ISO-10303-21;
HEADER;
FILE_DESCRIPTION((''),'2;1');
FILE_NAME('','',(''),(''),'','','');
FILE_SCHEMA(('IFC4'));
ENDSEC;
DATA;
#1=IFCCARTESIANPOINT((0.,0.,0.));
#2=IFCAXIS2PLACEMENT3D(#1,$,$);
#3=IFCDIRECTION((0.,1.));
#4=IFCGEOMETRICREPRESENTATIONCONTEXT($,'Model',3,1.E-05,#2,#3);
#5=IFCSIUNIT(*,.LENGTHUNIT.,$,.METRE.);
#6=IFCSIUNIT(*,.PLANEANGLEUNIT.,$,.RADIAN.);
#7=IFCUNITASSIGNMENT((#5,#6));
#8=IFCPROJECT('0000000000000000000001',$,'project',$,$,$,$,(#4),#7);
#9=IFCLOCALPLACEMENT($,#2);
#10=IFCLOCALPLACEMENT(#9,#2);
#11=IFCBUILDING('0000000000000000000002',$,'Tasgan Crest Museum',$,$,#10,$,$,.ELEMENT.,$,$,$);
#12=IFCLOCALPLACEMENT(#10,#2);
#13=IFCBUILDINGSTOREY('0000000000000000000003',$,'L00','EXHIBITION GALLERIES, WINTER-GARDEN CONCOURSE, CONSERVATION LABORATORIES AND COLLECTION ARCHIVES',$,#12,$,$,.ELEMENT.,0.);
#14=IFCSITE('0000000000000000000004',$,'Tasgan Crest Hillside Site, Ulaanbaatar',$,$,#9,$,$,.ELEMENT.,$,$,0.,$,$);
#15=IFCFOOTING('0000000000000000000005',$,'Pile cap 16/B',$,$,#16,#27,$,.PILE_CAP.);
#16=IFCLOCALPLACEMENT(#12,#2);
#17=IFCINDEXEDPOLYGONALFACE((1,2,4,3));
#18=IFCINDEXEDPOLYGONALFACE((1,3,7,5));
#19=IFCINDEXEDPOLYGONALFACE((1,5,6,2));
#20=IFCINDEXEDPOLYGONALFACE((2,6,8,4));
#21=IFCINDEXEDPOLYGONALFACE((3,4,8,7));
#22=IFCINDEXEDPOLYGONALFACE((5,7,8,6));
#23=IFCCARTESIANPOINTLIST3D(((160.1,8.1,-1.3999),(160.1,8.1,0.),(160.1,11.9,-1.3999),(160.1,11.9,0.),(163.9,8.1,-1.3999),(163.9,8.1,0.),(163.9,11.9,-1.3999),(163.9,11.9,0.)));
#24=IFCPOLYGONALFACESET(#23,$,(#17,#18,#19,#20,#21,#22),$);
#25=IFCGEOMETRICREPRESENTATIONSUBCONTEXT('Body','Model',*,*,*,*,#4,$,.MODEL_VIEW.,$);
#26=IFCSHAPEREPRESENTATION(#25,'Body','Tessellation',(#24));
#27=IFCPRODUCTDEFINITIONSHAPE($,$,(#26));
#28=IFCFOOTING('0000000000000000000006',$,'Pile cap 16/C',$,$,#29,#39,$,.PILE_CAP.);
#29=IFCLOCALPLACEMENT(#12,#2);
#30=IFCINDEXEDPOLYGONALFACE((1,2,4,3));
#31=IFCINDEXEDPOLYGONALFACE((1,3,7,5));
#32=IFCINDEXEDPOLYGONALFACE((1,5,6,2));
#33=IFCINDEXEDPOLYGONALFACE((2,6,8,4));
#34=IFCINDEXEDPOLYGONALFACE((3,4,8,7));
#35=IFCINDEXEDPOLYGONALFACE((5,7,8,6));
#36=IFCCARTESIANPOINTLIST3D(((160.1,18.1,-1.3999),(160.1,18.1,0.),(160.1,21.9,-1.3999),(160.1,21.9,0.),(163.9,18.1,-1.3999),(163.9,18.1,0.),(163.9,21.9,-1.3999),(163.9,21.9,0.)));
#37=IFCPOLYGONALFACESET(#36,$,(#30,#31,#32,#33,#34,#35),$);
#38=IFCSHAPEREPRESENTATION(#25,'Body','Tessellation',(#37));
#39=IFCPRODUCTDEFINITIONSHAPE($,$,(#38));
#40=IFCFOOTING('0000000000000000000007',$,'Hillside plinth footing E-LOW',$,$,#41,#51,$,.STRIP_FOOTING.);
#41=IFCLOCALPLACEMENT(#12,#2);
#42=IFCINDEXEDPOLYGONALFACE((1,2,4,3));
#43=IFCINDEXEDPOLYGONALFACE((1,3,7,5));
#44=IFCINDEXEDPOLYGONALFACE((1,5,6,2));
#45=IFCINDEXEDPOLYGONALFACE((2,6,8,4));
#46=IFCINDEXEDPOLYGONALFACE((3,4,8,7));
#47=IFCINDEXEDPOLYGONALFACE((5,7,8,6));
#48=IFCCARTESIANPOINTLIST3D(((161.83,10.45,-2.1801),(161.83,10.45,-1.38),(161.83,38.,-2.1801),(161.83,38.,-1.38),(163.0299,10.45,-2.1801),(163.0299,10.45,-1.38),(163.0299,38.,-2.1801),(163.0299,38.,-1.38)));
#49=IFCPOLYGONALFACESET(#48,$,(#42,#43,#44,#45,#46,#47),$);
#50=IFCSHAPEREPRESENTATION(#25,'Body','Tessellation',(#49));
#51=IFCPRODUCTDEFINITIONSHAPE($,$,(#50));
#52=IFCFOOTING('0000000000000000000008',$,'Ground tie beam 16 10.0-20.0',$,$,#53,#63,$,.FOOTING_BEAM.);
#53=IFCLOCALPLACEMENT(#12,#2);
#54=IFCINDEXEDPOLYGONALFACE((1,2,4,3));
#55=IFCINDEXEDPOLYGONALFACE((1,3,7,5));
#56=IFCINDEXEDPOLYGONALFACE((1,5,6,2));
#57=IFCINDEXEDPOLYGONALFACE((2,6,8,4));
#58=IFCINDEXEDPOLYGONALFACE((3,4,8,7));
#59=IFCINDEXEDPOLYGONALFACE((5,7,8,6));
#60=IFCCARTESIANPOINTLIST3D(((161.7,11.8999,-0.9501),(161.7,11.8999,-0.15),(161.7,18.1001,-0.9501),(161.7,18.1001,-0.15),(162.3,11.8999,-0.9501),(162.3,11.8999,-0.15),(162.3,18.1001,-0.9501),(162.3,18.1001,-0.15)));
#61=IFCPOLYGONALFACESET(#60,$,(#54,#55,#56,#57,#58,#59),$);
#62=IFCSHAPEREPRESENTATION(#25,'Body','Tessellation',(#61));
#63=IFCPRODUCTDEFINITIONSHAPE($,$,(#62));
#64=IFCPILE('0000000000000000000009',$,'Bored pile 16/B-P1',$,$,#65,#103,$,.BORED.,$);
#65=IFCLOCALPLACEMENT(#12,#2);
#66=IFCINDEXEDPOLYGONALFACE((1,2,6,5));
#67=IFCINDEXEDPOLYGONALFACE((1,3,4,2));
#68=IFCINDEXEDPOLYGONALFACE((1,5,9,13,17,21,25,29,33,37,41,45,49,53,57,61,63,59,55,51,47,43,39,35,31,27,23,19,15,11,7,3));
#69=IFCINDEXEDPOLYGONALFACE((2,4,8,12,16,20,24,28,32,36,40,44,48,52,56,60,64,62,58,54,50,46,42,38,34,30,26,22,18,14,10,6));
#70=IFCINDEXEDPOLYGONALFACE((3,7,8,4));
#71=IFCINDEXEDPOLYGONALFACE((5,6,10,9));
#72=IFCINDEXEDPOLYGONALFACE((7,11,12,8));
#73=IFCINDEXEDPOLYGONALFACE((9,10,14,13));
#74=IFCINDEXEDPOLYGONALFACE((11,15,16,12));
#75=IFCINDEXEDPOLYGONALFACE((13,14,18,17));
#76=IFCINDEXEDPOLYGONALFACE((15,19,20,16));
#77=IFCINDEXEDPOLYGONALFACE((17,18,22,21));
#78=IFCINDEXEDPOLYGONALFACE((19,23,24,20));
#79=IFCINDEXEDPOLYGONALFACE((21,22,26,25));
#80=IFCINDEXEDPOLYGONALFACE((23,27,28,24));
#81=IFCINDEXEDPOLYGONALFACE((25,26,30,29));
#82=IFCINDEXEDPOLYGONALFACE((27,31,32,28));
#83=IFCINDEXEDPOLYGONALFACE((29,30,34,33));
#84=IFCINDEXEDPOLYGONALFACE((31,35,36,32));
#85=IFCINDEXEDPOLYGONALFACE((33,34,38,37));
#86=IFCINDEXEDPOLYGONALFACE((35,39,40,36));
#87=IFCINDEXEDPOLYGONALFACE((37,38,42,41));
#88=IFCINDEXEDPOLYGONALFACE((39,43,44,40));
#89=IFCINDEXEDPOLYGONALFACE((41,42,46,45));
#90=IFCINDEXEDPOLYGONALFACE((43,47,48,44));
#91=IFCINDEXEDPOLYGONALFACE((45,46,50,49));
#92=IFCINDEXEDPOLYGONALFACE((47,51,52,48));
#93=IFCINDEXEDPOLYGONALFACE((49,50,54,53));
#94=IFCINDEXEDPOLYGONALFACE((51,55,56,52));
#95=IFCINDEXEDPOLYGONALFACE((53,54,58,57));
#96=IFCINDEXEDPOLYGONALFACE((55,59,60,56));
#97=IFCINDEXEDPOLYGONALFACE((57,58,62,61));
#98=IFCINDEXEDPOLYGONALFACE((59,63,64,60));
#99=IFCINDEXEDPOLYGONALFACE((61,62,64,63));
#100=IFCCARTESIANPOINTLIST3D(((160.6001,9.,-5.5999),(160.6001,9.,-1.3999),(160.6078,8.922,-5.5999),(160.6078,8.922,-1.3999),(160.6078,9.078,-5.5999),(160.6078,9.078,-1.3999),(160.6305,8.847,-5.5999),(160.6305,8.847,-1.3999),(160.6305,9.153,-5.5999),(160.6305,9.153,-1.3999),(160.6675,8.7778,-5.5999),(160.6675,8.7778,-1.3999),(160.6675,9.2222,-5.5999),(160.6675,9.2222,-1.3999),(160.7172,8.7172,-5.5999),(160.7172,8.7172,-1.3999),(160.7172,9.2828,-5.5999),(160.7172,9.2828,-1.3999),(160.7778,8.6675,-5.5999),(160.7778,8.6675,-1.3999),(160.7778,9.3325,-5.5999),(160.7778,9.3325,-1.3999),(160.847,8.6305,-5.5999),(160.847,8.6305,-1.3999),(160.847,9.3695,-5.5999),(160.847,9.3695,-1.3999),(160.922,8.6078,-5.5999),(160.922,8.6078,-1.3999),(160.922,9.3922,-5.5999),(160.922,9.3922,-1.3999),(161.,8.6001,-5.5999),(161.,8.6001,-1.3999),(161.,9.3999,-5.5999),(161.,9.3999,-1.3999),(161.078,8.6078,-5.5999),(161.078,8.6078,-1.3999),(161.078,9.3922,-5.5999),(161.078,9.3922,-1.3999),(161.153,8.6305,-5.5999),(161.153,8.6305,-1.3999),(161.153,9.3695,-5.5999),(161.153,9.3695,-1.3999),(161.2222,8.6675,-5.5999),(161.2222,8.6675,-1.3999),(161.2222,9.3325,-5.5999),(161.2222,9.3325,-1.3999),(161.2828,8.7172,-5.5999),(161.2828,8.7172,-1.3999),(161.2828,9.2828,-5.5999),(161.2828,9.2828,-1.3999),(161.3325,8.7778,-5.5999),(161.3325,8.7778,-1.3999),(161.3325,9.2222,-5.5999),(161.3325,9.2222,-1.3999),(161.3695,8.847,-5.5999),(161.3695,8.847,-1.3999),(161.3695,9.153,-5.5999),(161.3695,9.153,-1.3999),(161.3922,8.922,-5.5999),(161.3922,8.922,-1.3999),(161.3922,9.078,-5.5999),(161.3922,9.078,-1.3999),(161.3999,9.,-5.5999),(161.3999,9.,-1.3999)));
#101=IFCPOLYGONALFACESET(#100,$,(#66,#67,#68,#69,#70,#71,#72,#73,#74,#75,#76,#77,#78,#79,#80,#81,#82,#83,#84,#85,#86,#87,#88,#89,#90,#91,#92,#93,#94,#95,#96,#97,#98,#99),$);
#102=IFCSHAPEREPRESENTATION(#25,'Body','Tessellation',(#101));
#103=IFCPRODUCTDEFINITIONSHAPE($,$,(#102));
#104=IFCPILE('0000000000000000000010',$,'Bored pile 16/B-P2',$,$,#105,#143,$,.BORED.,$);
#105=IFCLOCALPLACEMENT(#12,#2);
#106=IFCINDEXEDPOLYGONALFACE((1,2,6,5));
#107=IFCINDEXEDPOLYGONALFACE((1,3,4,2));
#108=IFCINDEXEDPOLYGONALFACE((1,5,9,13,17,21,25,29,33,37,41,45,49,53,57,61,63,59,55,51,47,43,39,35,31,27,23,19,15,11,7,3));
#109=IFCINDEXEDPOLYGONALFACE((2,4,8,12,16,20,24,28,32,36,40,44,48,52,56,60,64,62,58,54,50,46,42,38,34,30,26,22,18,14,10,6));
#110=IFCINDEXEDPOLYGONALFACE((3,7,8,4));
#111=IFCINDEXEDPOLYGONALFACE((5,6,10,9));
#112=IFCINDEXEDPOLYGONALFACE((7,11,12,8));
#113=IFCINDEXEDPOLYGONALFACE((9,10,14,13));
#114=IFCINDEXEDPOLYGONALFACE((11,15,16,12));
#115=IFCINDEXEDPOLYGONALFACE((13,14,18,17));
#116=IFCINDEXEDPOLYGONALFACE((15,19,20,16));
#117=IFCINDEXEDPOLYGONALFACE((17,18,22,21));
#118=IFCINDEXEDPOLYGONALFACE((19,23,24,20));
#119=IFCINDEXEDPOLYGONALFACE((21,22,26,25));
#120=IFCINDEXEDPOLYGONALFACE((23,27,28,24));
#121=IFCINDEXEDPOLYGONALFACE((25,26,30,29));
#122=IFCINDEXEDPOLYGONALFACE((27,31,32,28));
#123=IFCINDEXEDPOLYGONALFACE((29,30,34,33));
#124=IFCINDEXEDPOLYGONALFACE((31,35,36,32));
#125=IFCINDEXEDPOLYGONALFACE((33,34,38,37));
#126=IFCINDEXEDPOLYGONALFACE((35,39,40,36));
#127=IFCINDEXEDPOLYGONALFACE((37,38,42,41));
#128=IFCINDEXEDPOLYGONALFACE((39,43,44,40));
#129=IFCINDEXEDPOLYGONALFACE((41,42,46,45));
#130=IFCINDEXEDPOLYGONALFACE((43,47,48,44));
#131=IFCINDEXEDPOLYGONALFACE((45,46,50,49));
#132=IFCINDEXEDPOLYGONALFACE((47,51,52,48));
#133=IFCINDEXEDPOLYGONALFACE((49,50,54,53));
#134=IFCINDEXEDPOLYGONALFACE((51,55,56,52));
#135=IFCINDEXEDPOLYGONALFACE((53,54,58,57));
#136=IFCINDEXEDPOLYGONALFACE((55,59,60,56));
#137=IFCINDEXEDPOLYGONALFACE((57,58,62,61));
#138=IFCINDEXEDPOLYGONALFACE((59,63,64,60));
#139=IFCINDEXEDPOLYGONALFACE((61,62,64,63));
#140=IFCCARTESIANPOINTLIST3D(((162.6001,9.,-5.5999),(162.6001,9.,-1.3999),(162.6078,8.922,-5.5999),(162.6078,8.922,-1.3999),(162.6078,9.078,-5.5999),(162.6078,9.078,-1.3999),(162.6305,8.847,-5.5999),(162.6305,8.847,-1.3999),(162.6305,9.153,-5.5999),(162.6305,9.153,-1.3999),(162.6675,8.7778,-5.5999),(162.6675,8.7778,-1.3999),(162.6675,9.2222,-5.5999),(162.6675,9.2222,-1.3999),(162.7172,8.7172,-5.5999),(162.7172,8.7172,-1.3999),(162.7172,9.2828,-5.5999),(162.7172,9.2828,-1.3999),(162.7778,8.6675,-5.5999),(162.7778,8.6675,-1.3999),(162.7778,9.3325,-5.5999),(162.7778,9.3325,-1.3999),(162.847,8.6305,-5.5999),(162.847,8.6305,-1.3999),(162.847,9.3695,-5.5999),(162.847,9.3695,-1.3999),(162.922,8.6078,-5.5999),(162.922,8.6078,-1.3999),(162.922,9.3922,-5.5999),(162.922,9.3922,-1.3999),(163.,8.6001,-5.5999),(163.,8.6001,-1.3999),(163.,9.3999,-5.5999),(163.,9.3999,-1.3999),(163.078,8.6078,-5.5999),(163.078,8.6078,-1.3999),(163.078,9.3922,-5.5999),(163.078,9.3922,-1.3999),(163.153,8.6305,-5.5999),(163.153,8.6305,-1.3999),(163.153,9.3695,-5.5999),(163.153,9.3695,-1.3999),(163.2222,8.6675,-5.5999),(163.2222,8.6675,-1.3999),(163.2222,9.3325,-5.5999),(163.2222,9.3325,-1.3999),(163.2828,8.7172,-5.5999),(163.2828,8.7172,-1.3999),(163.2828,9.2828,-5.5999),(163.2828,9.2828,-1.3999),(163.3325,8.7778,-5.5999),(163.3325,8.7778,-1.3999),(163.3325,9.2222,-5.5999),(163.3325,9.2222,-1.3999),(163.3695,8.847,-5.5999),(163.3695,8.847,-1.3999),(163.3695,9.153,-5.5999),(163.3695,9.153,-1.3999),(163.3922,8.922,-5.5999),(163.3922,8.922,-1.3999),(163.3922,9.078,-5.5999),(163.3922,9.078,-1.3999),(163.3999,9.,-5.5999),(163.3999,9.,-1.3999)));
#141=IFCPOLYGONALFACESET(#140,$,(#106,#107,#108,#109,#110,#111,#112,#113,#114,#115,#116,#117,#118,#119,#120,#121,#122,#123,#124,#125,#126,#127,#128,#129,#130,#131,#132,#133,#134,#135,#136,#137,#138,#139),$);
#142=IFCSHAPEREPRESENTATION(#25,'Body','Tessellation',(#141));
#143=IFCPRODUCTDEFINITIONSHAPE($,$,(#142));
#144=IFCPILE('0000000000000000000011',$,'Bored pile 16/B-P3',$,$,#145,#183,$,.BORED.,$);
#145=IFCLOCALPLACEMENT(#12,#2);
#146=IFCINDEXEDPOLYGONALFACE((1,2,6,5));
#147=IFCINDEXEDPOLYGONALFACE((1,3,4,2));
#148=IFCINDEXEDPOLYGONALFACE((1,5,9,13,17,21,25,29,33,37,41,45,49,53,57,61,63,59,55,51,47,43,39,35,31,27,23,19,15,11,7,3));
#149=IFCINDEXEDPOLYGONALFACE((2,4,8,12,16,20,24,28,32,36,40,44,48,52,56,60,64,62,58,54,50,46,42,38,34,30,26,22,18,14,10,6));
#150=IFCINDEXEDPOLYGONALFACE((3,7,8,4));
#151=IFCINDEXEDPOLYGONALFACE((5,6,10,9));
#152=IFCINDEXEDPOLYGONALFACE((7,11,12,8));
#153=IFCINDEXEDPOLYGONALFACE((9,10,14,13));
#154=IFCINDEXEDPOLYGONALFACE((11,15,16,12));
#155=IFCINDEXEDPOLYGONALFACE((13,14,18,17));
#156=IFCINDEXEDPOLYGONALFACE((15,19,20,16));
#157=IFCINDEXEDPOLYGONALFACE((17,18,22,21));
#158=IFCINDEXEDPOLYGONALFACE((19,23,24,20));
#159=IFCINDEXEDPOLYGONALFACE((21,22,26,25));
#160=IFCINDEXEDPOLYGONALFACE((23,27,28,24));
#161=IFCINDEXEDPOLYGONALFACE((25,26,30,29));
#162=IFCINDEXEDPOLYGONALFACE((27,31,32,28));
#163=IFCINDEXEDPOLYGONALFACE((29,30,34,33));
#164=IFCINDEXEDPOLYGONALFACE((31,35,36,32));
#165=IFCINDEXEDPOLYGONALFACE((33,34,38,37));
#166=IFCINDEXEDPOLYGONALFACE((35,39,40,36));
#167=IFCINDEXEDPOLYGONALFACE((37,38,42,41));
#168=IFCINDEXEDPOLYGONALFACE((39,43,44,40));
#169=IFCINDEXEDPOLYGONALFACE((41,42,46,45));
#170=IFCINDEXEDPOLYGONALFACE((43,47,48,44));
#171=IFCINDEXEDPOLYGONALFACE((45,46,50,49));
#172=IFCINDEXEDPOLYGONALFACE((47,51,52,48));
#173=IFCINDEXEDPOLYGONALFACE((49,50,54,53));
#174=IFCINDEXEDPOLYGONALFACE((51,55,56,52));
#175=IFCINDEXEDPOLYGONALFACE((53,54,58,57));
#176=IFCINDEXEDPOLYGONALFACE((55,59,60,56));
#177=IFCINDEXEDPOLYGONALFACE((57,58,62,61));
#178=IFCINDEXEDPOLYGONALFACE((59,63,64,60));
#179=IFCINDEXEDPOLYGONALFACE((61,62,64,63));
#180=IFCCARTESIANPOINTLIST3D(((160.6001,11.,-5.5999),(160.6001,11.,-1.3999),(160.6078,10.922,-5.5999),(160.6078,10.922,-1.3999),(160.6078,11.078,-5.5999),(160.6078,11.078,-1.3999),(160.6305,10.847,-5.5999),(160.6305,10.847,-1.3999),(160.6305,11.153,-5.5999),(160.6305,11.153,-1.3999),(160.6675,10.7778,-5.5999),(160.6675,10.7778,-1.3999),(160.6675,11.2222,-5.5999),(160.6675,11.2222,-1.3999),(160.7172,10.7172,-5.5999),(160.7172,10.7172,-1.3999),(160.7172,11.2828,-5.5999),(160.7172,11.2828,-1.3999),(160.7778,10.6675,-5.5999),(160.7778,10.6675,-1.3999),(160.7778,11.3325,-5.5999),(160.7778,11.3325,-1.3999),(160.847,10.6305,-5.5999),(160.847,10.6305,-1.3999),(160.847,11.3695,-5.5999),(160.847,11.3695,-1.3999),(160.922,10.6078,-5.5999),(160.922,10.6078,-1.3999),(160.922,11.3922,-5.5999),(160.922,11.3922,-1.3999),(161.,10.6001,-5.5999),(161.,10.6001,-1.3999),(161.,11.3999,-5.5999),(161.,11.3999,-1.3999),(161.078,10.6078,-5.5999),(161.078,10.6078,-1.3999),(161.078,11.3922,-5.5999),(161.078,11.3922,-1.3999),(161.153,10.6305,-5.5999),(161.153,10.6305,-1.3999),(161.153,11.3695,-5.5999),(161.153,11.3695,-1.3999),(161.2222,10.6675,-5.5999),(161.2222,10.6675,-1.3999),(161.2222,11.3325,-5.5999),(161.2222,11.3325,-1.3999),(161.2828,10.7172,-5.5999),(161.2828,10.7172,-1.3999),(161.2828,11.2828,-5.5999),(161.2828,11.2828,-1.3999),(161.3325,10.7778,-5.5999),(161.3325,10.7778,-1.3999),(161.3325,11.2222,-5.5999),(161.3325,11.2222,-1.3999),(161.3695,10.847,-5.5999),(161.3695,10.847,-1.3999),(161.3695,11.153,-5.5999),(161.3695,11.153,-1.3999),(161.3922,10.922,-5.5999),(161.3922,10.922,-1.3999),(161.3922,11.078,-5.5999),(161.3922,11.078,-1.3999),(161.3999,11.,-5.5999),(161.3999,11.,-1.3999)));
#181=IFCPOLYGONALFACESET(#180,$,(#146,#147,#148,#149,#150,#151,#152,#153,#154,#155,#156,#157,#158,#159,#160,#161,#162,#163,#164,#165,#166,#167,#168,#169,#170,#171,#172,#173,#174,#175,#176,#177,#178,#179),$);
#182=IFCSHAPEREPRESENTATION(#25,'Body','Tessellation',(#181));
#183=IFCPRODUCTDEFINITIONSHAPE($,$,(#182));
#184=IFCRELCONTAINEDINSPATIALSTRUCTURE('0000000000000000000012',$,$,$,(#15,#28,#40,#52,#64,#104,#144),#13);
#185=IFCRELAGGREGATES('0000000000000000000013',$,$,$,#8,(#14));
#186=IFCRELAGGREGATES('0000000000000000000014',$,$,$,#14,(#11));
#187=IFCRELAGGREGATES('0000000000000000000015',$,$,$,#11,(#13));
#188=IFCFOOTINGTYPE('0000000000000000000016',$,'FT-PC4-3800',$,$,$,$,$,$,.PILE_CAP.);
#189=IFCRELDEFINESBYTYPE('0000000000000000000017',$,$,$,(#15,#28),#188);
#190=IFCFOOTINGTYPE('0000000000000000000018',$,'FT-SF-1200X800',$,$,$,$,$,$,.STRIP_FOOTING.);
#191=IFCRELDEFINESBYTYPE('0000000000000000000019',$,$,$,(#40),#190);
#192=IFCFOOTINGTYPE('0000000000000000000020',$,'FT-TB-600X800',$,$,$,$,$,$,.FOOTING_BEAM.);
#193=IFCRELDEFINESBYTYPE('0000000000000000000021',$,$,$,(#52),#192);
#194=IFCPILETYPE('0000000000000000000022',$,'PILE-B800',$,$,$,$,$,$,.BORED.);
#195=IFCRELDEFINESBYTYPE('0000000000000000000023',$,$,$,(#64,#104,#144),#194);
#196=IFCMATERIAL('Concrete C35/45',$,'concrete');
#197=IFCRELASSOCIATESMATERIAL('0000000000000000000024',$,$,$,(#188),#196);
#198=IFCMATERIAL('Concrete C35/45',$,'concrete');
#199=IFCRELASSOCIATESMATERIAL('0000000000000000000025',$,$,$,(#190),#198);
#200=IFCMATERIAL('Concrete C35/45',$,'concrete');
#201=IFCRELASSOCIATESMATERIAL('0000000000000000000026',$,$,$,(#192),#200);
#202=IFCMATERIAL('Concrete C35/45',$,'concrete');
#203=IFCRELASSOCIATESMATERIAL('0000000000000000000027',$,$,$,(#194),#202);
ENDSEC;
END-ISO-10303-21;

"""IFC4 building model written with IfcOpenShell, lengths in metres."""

from ifc_helpers import new_model, si_unit, direction, frame, origin, origin_2d, place, context, subcontext, project, spatial, rectangle, circle, extrude, material, material_profile, profile_set, type_object, element, save


model = new_model("IFC4")

# Units and contexts
model_context = context("Model", 3, precision=1e-05, world=origin(), true_north=direction((0.0, 1.0)))
body_context = subcontext(model_context, "Body", "Model", "MODEL_VIEW")
ifc_project = project(units=[si_unit("LENGTHUNIT", "METRE"), si_unit("PLANEANGLEUNIT", "RADIAN")], contexts=[model_context])

# Site, building, storey
site_placement = place(None, origin())
site = spatial("IfcSite", under=ifc_project, at=site_placement, Name="Tasgan Crest Hillside Site, Ulaanbaatar", CompositionType="ELEMENT", RefElevation=0.0)
building_placement = place(site_placement, origin())
building = spatial("IfcBuilding", under=site, at=building_placement, Name="Tasgan Crest Museum", CompositionType="ELEMENT")
storey_placement = place(building_placement, origin())
storey = spatial("IfcBuildingStorey", under=building, at=storey_placement, Name="L00", Description="EXHIBITION GALLERIES, WINTER-GARDEN CONCOURSE, CONSERVATION LABORATORIES AND COLLECTION ARCHIVES", CompositionType="ELEMENT", Elevation=0.0)

# Footings
ifc_material_1 = material(Name="Concrete C35/45", Category="concrete")
footing_type_1 = type_object("IfcFootingType", Name="FT-PC4-3800", PredefinedType="PILE_CAP", material=ifc_material_1)
for number, where, z_axis, x_axis, name in (
    (1, (162.0, 10.0, -1.3999), (0.0, 0.0, 1.0), (1.0, 0.0, 0.0), "Pile cap 16/B"),
    (2, (162.0, 20.0, -1.3999), (0.0, 0.0, 1.0), (1.0, 0.0, 0.0), "Pile cap 16/C"),
):
    element("IfcFooting", number, at=place(storey_placement, frame(where, z_axis=z_axis, x_axis=x_axis)), inside=storey, type_object=footing_type_1, Name=name, PredefinedType="PILE_CAP", context=body_context, shape_type="SweptSolid", body=[
        extrude(rectangle(XDim=3.8, YDim=3.8, at=origin_2d()), origin(), (0.0, 0.0, 1.0), 1.3999),
    ])
ifc_material_2 = material(Name="Concrete C35/45", Category="concrete")
ifc_material_profile_1 = material_profile(ifc_material_2, rectangle(XDim=1.2, YDim=0.8, at=origin_2d()), Name="SF 1200x800")
ifc_profile_set_1 = profile_set([ifc_material_profile_1], Name="Concrete C35/45")
footing_type_2 = type_object("IfcFootingType", Name="FT-SF-1200X800", PredefinedType="STRIP_FOOTING", material=ifc_profile_set_1)
footing_1_placement = place(storey_placement, frame((162.4299, 10.45, -1.78), z_axis=(0.0, 1.0, 0.0), x_axis=(-1.0, 0.0, 0.0)))
element("IfcFooting", 3, at=footing_1_placement, inside=storey, type_object=footing_type_2, Name="Hillside plinth footing E-LOW", PredefinedType="STRIP_FOOTING", context=body_context, shape_type="SweptSolid", body=[
    extrude(rectangle(XDim=1.2, YDim=0.8, at=origin_2d()), origin(), (0.0, 0.0, 1.0), 27.55),
])
ifc_material_3 = material(Name="Concrete C35/45", Category="concrete")
ifc_material_profile_2 = material_profile(ifc_material_3, rectangle(XDim=0.6001, YDim=0.8, at=origin_2d()), Name="TB 600x800")
ifc_profile_set_2 = profile_set([ifc_material_profile_2], Name="Concrete C35/45")
footing_type_3 = type_object("IfcFootingType", Name="FT-TB-600X800", PredefinedType="FOOTING_BEAM", material=ifc_profile_set_2)
footing_2_placement = place(storey_placement, frame((162.0, 11.8999, -0.55), z_axis=(0.0, 1.0, 0.0), x_axis=(-1.0, 0.0, 0.0)))
element("IfcFooting", 4, at=footing_2_placement, inside=storey, type_object=footing_type_3, Name="Ground tie beam 16 10.0-20.0", PredefinedType="FOOTING_BEAM", context=body_context, shape_type="SweptSolid", body=[
    extrude(rectangle(XDim=0.6001, YDim=0.8, at=origin_2d()), origin(), (0.0, 0.0, 1.0), 6.2002),
])

# Piles
ifc_material_4 = material(Name="Concrete C35/45", Category="concrete")
ifc_material_profile_3 = material_profile(ifc_material_4, circle(Radius=0.3999, at=origin_2d()), Name="PILE D800")
ifc_profile_set_3 = profile_set([ifc_material_profile_3], Name="Concrete C35/45")
pile_type = type_object("IfcPileType", Name="PILE-B800", PredefinedType="BORED", material=ifc_profile_set_3)
for number, where, z_axis, x_axis, name in (
    (5, (161.0, 9.0, -1.3999), (0.0, 0.0, -1.0), (1.0, 0.0, 0.0), "Bored pile 16/B-P1"),
    (6, (163.0, 9.0, -1.3999), (0.0, 0.0, -1.0), (1.0, 0.0, 0.0), "Bored pile 16/B-P2"),
    (7, (161.0, 11.0, -1.3999), (0.0, 0.0, -1.0), (1.0, 0.0, 0.0), "Bored pile 16/B-P3"),
):
    element("IfcPile", number, at=place(storey_placement, frame(where, z_axis=z_axis, x_axis=x_axis)), inside=storey, type_object=pile_type, Name=name, PredefinedType="BORED", context=body_context, shape_type="SweptSolid", body=[
        extrude(circle(Radius=0.3999, at=origin_2d()), origin(), (0.0, 0.0, 1.0), 4.2),
    ])

save(model, "model.ifc")
